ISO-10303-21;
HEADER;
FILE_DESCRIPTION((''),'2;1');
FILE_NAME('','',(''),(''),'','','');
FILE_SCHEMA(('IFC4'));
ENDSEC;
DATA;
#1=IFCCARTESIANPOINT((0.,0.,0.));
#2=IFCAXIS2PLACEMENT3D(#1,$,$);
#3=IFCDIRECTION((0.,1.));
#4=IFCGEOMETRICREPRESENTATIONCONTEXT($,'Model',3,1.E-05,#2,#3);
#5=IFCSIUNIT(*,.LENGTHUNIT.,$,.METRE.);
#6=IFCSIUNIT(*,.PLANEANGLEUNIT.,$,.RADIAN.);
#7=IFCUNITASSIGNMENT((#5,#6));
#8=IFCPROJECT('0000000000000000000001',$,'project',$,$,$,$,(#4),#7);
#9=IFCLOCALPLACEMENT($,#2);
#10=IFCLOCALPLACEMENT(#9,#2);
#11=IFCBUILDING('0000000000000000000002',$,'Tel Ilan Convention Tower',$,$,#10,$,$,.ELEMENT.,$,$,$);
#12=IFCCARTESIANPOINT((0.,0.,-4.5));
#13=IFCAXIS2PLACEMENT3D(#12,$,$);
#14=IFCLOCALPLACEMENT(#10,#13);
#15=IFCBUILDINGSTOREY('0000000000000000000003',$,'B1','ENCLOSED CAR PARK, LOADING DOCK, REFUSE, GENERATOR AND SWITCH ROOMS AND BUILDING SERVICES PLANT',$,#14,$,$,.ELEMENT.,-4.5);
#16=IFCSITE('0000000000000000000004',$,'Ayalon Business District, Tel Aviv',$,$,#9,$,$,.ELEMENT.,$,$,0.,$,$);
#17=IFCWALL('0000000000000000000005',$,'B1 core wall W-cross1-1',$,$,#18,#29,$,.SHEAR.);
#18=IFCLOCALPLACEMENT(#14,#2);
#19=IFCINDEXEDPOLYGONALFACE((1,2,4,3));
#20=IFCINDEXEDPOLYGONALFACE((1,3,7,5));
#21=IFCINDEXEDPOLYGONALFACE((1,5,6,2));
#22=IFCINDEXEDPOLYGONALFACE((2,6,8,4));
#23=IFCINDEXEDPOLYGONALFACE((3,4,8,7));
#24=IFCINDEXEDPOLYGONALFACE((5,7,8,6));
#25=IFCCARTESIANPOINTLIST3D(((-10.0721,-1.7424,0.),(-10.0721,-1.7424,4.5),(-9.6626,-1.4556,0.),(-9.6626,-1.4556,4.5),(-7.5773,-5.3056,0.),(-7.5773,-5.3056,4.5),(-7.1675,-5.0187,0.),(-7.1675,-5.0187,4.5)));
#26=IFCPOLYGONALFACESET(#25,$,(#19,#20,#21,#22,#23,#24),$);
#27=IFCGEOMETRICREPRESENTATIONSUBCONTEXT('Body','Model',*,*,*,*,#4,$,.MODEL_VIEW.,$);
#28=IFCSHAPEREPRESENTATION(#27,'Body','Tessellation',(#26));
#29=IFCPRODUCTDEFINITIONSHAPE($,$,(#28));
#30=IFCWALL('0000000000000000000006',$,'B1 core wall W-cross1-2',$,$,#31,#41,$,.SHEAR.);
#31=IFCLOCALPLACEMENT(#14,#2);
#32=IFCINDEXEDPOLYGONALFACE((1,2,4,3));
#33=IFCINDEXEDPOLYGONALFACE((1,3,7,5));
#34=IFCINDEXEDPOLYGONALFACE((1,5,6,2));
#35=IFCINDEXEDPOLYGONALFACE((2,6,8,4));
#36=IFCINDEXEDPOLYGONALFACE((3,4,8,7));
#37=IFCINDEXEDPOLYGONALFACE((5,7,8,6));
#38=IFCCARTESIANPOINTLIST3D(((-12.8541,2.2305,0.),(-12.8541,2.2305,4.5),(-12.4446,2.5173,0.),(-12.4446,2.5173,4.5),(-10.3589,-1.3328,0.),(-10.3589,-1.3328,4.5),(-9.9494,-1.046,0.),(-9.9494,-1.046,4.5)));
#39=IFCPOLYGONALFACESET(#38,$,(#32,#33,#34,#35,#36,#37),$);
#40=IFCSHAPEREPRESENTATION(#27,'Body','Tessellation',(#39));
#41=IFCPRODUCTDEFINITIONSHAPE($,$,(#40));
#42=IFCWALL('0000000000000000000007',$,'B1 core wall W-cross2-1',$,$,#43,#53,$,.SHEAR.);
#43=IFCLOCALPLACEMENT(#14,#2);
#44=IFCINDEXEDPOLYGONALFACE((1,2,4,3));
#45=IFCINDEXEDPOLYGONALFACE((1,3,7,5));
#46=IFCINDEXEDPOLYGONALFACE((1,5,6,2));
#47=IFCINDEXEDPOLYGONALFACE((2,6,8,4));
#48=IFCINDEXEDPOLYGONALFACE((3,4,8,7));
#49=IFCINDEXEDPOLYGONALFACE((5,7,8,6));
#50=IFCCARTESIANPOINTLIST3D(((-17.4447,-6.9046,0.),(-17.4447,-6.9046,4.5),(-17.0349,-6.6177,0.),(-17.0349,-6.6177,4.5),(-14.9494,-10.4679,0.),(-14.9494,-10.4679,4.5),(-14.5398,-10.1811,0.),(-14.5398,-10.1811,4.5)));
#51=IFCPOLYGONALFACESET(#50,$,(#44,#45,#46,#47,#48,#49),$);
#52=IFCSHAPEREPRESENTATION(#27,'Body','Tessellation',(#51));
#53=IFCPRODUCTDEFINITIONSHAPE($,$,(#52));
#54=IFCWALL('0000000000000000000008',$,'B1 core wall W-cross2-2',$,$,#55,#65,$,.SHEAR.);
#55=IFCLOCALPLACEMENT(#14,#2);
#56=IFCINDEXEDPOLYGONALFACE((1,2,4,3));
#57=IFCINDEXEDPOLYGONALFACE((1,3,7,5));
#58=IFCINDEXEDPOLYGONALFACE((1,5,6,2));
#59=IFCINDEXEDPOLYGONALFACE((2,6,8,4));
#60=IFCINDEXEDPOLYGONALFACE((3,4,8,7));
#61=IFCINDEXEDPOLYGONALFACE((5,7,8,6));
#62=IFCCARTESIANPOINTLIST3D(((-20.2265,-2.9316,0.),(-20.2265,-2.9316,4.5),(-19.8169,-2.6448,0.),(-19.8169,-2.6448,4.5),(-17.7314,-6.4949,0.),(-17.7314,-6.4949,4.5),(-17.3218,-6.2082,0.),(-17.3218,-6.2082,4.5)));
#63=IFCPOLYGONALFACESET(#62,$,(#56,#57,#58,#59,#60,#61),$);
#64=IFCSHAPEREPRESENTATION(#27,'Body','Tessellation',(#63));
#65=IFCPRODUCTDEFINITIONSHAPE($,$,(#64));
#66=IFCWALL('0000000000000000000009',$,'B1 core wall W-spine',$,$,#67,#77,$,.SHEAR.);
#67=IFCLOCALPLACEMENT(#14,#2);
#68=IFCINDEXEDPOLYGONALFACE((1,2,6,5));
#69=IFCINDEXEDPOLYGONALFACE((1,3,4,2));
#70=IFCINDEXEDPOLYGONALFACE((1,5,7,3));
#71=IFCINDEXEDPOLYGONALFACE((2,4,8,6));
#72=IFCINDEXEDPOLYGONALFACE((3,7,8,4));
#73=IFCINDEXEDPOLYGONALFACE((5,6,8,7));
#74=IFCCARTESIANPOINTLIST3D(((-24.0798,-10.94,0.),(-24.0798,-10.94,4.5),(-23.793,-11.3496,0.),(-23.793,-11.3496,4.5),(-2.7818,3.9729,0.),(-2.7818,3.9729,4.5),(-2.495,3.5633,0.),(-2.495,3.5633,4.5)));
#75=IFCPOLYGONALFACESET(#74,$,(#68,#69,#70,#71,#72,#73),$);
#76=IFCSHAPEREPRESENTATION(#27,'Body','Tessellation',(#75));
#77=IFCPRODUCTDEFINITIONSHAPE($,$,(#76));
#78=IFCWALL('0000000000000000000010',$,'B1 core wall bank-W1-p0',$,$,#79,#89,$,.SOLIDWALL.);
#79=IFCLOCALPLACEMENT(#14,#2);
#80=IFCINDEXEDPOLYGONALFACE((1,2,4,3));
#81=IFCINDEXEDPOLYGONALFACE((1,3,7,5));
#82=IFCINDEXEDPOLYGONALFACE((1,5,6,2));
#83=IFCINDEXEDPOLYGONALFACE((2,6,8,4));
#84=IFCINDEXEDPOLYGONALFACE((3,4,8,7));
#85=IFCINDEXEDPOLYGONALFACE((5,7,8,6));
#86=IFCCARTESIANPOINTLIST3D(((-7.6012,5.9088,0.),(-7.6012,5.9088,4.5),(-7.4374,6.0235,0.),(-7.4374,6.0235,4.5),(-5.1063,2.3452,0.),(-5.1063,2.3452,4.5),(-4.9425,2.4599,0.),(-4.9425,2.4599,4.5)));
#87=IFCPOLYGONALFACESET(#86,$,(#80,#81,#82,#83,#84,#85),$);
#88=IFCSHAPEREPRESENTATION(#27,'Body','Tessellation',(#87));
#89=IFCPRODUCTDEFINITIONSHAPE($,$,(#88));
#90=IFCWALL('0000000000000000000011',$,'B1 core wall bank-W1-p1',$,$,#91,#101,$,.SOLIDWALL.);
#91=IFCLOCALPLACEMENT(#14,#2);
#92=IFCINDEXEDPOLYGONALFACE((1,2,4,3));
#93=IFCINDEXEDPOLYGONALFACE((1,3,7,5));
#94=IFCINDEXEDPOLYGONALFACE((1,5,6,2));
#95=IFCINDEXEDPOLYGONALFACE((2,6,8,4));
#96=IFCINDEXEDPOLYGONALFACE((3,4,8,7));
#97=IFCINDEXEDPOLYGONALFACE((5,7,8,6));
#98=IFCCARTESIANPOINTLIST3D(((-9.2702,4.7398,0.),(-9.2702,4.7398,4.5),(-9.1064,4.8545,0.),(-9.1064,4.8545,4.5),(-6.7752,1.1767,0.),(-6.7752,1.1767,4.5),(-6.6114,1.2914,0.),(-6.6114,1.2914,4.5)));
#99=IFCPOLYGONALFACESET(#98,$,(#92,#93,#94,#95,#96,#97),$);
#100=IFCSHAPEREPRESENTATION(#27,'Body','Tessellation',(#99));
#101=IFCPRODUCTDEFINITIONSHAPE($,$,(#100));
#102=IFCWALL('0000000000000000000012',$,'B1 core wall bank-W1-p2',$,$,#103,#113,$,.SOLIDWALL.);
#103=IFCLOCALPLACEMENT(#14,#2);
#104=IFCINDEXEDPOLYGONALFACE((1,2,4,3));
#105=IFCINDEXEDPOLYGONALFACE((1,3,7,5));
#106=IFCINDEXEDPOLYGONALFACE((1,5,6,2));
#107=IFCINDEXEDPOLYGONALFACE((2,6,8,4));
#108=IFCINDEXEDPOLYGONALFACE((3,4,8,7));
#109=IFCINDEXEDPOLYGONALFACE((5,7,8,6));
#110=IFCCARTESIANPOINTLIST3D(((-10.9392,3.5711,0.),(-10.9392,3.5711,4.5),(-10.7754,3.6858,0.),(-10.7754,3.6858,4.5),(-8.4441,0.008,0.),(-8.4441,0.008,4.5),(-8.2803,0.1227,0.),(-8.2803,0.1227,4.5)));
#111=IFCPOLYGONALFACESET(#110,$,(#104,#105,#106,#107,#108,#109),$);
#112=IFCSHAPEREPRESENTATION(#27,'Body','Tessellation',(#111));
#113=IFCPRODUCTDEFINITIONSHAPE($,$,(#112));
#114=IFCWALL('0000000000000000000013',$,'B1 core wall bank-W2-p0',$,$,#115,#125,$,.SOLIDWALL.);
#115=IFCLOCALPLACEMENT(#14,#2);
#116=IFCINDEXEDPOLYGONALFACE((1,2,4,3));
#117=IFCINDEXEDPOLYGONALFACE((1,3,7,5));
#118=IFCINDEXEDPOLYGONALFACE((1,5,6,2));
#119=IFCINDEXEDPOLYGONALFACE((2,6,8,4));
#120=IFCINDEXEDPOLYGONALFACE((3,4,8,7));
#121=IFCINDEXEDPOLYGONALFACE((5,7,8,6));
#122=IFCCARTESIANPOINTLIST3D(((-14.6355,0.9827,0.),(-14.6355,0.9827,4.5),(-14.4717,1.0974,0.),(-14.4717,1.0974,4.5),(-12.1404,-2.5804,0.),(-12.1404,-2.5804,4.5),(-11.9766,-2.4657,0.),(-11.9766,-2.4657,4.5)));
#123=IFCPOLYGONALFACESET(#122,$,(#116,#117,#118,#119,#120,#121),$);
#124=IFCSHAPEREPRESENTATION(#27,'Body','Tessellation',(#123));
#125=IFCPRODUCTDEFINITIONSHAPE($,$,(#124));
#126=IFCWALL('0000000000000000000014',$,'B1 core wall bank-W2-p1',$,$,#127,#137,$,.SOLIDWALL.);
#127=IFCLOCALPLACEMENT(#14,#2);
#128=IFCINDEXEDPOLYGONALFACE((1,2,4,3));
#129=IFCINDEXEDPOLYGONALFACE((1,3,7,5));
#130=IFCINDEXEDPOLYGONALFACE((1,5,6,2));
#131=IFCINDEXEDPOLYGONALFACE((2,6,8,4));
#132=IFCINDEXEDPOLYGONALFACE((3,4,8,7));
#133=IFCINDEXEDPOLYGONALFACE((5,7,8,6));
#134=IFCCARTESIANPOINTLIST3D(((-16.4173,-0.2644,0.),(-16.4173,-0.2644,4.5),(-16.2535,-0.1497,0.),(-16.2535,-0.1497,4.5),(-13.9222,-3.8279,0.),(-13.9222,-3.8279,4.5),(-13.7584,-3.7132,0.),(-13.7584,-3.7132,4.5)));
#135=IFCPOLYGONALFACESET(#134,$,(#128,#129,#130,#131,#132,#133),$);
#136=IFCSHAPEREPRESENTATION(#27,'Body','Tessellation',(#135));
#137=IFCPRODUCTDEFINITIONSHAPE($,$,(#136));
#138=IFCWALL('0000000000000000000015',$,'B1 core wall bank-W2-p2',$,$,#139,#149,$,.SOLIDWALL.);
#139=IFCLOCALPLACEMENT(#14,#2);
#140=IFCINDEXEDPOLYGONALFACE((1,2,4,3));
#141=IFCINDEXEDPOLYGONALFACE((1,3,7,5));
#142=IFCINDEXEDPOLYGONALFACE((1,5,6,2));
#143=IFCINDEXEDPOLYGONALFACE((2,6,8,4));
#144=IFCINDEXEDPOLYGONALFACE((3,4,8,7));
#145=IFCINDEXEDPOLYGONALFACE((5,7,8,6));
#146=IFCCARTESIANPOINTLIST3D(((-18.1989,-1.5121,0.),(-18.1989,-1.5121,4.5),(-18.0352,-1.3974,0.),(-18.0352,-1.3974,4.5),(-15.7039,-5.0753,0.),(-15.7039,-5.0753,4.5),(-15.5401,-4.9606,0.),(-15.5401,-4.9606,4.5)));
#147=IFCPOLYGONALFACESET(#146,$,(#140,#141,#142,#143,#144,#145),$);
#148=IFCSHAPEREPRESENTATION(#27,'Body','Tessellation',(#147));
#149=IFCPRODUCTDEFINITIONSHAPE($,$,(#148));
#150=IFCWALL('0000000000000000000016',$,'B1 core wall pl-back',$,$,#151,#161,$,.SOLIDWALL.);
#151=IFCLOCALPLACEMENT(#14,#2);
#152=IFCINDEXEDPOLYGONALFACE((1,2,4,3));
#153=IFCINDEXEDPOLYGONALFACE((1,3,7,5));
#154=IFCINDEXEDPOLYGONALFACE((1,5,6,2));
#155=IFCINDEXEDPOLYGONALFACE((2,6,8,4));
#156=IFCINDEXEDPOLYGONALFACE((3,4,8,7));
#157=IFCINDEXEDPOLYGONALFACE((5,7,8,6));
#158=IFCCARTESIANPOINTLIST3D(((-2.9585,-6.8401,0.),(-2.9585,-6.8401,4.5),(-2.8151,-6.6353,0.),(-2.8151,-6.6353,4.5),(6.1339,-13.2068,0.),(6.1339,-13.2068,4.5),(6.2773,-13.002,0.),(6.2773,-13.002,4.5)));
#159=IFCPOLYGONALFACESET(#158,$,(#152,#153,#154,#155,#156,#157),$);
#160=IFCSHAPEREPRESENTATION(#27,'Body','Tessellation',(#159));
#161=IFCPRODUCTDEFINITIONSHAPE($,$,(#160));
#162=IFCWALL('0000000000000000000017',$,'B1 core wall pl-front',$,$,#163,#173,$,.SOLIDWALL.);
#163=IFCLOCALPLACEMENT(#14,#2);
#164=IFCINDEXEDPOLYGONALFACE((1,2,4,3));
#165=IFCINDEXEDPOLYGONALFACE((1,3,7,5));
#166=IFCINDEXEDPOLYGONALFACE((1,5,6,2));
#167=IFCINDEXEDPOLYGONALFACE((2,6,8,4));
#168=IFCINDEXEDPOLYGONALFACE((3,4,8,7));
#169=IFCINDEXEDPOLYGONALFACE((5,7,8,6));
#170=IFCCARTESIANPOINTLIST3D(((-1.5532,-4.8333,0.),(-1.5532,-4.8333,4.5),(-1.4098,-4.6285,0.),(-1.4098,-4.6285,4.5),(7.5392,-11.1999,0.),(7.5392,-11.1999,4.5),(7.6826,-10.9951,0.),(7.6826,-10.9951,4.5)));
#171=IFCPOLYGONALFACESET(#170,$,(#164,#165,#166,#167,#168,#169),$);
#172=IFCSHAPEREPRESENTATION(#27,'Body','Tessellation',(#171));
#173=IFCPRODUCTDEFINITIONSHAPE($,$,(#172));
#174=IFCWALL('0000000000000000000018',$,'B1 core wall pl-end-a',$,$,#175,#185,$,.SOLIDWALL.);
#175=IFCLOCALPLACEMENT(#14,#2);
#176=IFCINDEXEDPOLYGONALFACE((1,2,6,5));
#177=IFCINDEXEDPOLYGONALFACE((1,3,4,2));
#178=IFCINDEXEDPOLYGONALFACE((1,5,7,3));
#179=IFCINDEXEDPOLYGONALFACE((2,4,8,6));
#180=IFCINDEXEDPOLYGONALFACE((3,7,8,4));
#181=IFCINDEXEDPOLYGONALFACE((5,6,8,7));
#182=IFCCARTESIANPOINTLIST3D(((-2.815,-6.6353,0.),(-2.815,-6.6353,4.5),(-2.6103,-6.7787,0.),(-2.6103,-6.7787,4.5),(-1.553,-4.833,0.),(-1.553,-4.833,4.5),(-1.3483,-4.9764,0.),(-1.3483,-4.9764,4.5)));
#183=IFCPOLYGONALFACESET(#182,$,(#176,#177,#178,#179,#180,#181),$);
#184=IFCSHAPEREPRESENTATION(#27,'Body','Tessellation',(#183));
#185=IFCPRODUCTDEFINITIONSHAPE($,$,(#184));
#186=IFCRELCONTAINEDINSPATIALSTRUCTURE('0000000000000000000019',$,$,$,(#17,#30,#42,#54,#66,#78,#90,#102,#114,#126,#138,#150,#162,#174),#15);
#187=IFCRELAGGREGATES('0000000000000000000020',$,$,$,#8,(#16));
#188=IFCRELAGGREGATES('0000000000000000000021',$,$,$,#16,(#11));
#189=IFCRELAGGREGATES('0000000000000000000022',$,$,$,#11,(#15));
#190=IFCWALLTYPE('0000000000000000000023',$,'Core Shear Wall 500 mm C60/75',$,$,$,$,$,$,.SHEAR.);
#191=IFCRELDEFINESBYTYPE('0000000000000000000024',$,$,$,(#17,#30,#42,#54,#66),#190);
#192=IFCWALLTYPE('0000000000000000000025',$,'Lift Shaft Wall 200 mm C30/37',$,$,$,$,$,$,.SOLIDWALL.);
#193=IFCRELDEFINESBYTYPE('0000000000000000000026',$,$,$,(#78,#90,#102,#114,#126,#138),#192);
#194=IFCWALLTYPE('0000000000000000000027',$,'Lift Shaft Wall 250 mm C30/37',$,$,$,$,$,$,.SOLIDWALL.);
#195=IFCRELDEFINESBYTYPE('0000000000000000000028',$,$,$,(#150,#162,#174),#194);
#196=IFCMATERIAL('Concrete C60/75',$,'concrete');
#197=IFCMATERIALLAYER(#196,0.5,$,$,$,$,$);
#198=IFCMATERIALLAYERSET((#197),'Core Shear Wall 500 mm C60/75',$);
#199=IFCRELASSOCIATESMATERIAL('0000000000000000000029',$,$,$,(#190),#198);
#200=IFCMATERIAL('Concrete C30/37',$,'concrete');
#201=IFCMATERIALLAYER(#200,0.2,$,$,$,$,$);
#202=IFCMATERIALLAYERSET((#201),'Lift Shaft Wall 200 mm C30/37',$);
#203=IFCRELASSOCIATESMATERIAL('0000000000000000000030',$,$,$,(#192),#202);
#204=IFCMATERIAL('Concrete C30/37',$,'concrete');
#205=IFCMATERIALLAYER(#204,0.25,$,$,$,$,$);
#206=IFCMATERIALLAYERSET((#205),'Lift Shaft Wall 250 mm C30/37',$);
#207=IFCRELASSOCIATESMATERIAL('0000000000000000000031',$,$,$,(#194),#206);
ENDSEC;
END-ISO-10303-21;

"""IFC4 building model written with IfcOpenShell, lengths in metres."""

from ifc_helpers import new_model, si_unit, direction, frame, frame_2d, origin, place, context, subcontext, project, spatial, polyline, rectangle, outline, extrude, material, layer, layer_set, type_object, element, save


model = new_model("IFC4")

# Units and contexts
model_context = context("Model", 3, precision=1e-05, world=origin(), true_north=direction((0.0, 1.0)))
body_context = subcontext(model_context, "Body", "Model", "MODEL_VIEW")
ifc_project = project(units=[si_unit("LENGTHUNIT", "METRE"), si_unit("PLANEANGLEUNIT", "RADIAN")], contexts=[model_context])

# Site, building, storey
site_placement = place(None, origin())
site = spatial("IfcSite", under=ifc_project, at=site_placement, Name="Ayalon Business District, Tel Aviv", CompositionType="ELEMENT", RefElevation=0.0)
building_placement = place(site_placement, origin())
building = spatial("IfcBuilding", under=site, at=building_placement, Name="Tel Ilan Convention Tower", CompositionType="ELEMENT")
storey_placement = place(building_placement, frame((0.0, 0.0, -4.5)))
storey = spatial("IfcBuildingStorey", under=building, at=storey_placement, Name="B1", Description="ENCLOSED CAR PARK, LOADING DOCK, REFUSE, GENERATOR AND SWITCH ROOMS AND BUILDING SERVICES PLANT", CompositionType="ELEMENT", Elevation=-4.5)

# Walls
ifc_material_1 = material(Name="Concrete C60/75", Category="concrete")
ifc_layer_1 = layer(ifc_material_1, 0.5)
ifc_layer_set_1 = layer_set([ifc_layer_1], Name="Core Shear Wall 500 mm C60/75")
wall_type_1 = type_object("IfcWallType", Name="Core Shear Wall 500 mm C60/75", PredefinedType="SHEAR", material=ifc_layer_set_1)
wall_1_placement = place(storey_placement, frame((-7.3723, -5.1621, 0.0), z_axis=(0.0, 0.0, 1.0), x_axis=(-0.573594, 0.81914, 0.0)))
element("IfcWall", 1, at=wall_1_placement, inside=storey, type_object=wall_type_1, Name="B1 core wall W-cross1-1", PredefinedType="SHEAR", context=body_context, shape_type="SweptSolid", body=[
    extrude(outline(polyline([(4.3499, 0.25), (0.0, 0.2502), (0.0, -0.25), (4.3499, -0.25), (4.3499, 0.25)])), origin(), (0.0, 0.0, 1.0), 4.5),
])
wall_2_placement = place(storey_placement, frame((-10.1543, -1.1892, 0.0), z_axis=(0.0, 0.0, 1.0), x_axis=(-0.573594, 0.81914, 0.0)))
element("IfcWall", 2, at=wall_2_placement, inside=storey, type_object=wall_type_1, Name="B1 core wall W-cross1-2", PredefinedType="SHEAR", context=body_context, shape_type="SweptSolid", body=[
    extrude(outline(polyline([(4.3499, -0.25), (4.3499, 0.25), (-0.0002, 0.25), (-0.0002, -0.25), (4.3499, -0.25)])), origin(), (0.0, 0.0, 1.0), 4.5),
])
wall_3_placement = place(storey_placement, frame((-14.7446, -10.3245, 0.0), z_axis=(0.0, 0.0, 1.0), x_axis=(-0.573568, 0.819158, 0.0)))
element("IfcWall", 3, at=wall_3_placement, inside=storey, type_object=wall_type_1, Name="B1 core wall W-cross2-1", PredefinedType="SHEAR", context=body_context, shape_type="SweptSolid", body=[
    extrude(outline(polyline([(4.3501, 0.2502), (0.0, 0.25), (0.0, -0.25), (4.3501, -0.25), (4.3501, 0.2502)])), origin(), (0.0, 0.0, 1.0), 4.5),
])
wall_4_placement = place(storey_placement, frame((-17.5266, -6.3516, 0.0), z_axis=(0.0, 0.0, 1.0), x_axis=(-0.57353, 0.819184, 0.0)))
element("IfcWall", 4, at=wall_4_placement, inside=storey, type_object=wall_type_1, Name="B1 core wall W-cross2-2", PredefinedType="SHEAR", context=body_context, shape_type="SweptSolid", body=[
    extrude(outline(polyline([(4.3501, -0.2498), (4.3501, 0.2502), (0.0, 0.25), (0.0, -0.25), (4.3501, -0.2498)])), origin(), (0.0, 0.0, 1.0), 4.5),
])
wall_5_placement = place(storey_placement, frame((-2.6384, 3.7681, 0.0), z_axis=(0.0, 0.0, 1.0), x_axis=(-0.819149, -0.573581, 0.0)))
element("IfcWall", 5, at=wall_5_placement, inside=storey, type_object=wall_type_1, Name="B1 core wall W-spine", PredefinedType="SHEAR", context=body_context, shape_type="SweptSolid", body=[
    extrude(outline(polyline([(26.0, 0.2498), (0.0, 0.25), (0.0, -0.25), (26.0, -0.2502), (26.0, 0.2498)])), origin(), (0.0, 0.0, 1.0), 4.5),
])
ifc_material_2 = material(Name="Concrete C30/37", Category="concrete")
ifc_layer_2 = layer(ifc_material_2, 0.2)
ifc_layer_set_2 = layer_set([ifc_layer_2], Name="Lift Shaft Wall 200 mm C30/37")
wall_type_2 = type_object("IfcWallType", Name="Lift Shaft Wall 200 mm C30/37", PredefinedType="SOLIDWALL", material=ifc_layer_set_2)
wall_6_placement = place(storey_placement, frame((-5.0244, 2.4026, 0.0), z_axis=(0.0, 0.0, 1.0), x_axis=(-0.57353, 0.819184, 0.0)))
element("IfcWall", 6, at=wall_6_placement, inside=storey, type_object=wall_type_2, Name="B1 core wall bank-W1-p0", PredefinedType="SOLIDWALL", context=body_context, shape_type="SweptSolid", body=[
    extrude(rectangle(XDim=4.3501, YDim=0.2, at=frame_2d((2.175, 0.0))), origin(), (0.0, 0.0, 1.0), 4.5),
])
for number, where, z_axis, x_axis, name in (
    (7, (-6.6934, 1.2341, 0.0), (0.0, 0.0, 1.0), (-0.573594, 0.81914, 0.0), "B1 core wall bank-W1-p1"),
    (8, (-8.3623, 0.0654, 0.0), (0.0, 0.0, 1.0), (-0.573594, 0.81914, 0.0), "B1 core wall bank-W1-p2"),
    (9, (-12.0586, -2.5229, 0.0), (0.0, 0.0, 1.0), (-0.573594, 0.81914, 0.0), "B1 core wall bank-W2-p0"),
):
    element("IfcWall", number, at=place(storey_placement, frame(where, z_axis=z_axis, x_axis=x_axis)), inside=storey, type_object=wall_type_2, Name=name, PredefinedType="SOLIDWALL", context=body_context, shape_type="SweptSolid", body=[
        extrude(rectangle(XDim=4.3499, YDim=0.2, at=frame_2d((2.1748, 0.0))), origin(), (0.0, 0.0, 1.0), 4.5),
    ])
wall_7_placement = place(storey_placement, frame((-13.8403, -3.7705, 0.0), z_axis=(0.0, 0.0, 1.0), x_axis=(-0.573568, 0.819158, 0.0)))
element("IfcWall", 10, at=wall_7_placement, inside=storey, type_object=wall_type_2, Name="B1 core wall bank-W2-p1", PredefinedType="SOLIDWALL", context=body_context, shape_type="SweptSolid", body=[
    extrude(rectangle(XDim=4.3501, YDim=0.2, at=frame_2d((2.175, 0.0))), origin(), (0.0, 0.0, 1.0), 4.5),
])
wall_8_placement = place(storey_placement, frame((-15.6221, -5.0178, 0.0), z_axis=(0.0, 0.0, 1.0), x_axis=(-0.573594, 0.81914, 0.0)))
element("IfcWall", 11, at=wall_8_placement, inside=storey, type_object=wall_type_2, Name="B1 core wall bank-W2-p2", PredefinedType="SOLIDWALL", context=body_context, shape_type="SweptSolid", body=[
    extrude(rectangle(XDim=4.3499, YDim=0.2, at=frame_2d((2.1748, 0.0))), origin(), (0.0, 0.0, 1.0), 4.5),
])
ifc_material_3 = material(Name="Concrete C30/37", Category="concrete")
ifc_layer_3 = layer(ifc_material_3, 0.25)
ifc_layer_set_3 = layer_set([ifc_layer_3], Name="Lift Shaft Wall 250 mm C30/37")
wall_type_3 = type_object("IfcWallType", Name="Lift Shaft Wall 250 mm C30/37", PredefinedType="SOLIDWALL", material=ifc_layer_set_3)
for number, where, z_axis, x_axis, name in (
    (12, (-2.8867, -6.7378, 0.0), (0.0, 0.0, 1.0), (0.81915, -0.573579, 0.0), "B1 core wall pl-back"),
    (13, (-1.4814, -4.731, 0.0), (0.0, 0.0, 1.0), (0.81915, -0.573579, 0.0), "B1 core wall pl-front"),
):
    element("IfcWall", number, at=place(storey_placement, frame(where, z_axis=z_axis, x_axis=x_axis)), inside=storey, type_object=wall_type_3, Name=name, PredefinedType="SOLIDWALL", context=body_context, shape_type="SweptSolid", body=[
        extrude(rectangle(XDim=11.0999, YDim=0.25, at=frame_2d((5.5498, 0.0))), origin(), (0.0, 0.0, 1.0), 4.5),
    ])
wall_9_placement = place(storey_placement, frame((-2.7126, -6.707, 0.0), z_axis=(0.0, 0.0, 1.0), x_axis=(0.573581, 0.819149, 0.0)))
element("IfcWall", 14, at=wall_9_placement, inside=storey, type_object=wall_type_3, Name="B1 core wall pl-end-a", PredefinedType="SOLIDWALL", context=body_context, shape_type="SweptSolid", body=[
    extrude(rectangle(XDim=2.2002, YDim=0.25, at=frame_2d((1.1001, 0.0))), origin(), (0.0, 0.0, 1.0), 4.5),
])

save(model, "model.ifc")
